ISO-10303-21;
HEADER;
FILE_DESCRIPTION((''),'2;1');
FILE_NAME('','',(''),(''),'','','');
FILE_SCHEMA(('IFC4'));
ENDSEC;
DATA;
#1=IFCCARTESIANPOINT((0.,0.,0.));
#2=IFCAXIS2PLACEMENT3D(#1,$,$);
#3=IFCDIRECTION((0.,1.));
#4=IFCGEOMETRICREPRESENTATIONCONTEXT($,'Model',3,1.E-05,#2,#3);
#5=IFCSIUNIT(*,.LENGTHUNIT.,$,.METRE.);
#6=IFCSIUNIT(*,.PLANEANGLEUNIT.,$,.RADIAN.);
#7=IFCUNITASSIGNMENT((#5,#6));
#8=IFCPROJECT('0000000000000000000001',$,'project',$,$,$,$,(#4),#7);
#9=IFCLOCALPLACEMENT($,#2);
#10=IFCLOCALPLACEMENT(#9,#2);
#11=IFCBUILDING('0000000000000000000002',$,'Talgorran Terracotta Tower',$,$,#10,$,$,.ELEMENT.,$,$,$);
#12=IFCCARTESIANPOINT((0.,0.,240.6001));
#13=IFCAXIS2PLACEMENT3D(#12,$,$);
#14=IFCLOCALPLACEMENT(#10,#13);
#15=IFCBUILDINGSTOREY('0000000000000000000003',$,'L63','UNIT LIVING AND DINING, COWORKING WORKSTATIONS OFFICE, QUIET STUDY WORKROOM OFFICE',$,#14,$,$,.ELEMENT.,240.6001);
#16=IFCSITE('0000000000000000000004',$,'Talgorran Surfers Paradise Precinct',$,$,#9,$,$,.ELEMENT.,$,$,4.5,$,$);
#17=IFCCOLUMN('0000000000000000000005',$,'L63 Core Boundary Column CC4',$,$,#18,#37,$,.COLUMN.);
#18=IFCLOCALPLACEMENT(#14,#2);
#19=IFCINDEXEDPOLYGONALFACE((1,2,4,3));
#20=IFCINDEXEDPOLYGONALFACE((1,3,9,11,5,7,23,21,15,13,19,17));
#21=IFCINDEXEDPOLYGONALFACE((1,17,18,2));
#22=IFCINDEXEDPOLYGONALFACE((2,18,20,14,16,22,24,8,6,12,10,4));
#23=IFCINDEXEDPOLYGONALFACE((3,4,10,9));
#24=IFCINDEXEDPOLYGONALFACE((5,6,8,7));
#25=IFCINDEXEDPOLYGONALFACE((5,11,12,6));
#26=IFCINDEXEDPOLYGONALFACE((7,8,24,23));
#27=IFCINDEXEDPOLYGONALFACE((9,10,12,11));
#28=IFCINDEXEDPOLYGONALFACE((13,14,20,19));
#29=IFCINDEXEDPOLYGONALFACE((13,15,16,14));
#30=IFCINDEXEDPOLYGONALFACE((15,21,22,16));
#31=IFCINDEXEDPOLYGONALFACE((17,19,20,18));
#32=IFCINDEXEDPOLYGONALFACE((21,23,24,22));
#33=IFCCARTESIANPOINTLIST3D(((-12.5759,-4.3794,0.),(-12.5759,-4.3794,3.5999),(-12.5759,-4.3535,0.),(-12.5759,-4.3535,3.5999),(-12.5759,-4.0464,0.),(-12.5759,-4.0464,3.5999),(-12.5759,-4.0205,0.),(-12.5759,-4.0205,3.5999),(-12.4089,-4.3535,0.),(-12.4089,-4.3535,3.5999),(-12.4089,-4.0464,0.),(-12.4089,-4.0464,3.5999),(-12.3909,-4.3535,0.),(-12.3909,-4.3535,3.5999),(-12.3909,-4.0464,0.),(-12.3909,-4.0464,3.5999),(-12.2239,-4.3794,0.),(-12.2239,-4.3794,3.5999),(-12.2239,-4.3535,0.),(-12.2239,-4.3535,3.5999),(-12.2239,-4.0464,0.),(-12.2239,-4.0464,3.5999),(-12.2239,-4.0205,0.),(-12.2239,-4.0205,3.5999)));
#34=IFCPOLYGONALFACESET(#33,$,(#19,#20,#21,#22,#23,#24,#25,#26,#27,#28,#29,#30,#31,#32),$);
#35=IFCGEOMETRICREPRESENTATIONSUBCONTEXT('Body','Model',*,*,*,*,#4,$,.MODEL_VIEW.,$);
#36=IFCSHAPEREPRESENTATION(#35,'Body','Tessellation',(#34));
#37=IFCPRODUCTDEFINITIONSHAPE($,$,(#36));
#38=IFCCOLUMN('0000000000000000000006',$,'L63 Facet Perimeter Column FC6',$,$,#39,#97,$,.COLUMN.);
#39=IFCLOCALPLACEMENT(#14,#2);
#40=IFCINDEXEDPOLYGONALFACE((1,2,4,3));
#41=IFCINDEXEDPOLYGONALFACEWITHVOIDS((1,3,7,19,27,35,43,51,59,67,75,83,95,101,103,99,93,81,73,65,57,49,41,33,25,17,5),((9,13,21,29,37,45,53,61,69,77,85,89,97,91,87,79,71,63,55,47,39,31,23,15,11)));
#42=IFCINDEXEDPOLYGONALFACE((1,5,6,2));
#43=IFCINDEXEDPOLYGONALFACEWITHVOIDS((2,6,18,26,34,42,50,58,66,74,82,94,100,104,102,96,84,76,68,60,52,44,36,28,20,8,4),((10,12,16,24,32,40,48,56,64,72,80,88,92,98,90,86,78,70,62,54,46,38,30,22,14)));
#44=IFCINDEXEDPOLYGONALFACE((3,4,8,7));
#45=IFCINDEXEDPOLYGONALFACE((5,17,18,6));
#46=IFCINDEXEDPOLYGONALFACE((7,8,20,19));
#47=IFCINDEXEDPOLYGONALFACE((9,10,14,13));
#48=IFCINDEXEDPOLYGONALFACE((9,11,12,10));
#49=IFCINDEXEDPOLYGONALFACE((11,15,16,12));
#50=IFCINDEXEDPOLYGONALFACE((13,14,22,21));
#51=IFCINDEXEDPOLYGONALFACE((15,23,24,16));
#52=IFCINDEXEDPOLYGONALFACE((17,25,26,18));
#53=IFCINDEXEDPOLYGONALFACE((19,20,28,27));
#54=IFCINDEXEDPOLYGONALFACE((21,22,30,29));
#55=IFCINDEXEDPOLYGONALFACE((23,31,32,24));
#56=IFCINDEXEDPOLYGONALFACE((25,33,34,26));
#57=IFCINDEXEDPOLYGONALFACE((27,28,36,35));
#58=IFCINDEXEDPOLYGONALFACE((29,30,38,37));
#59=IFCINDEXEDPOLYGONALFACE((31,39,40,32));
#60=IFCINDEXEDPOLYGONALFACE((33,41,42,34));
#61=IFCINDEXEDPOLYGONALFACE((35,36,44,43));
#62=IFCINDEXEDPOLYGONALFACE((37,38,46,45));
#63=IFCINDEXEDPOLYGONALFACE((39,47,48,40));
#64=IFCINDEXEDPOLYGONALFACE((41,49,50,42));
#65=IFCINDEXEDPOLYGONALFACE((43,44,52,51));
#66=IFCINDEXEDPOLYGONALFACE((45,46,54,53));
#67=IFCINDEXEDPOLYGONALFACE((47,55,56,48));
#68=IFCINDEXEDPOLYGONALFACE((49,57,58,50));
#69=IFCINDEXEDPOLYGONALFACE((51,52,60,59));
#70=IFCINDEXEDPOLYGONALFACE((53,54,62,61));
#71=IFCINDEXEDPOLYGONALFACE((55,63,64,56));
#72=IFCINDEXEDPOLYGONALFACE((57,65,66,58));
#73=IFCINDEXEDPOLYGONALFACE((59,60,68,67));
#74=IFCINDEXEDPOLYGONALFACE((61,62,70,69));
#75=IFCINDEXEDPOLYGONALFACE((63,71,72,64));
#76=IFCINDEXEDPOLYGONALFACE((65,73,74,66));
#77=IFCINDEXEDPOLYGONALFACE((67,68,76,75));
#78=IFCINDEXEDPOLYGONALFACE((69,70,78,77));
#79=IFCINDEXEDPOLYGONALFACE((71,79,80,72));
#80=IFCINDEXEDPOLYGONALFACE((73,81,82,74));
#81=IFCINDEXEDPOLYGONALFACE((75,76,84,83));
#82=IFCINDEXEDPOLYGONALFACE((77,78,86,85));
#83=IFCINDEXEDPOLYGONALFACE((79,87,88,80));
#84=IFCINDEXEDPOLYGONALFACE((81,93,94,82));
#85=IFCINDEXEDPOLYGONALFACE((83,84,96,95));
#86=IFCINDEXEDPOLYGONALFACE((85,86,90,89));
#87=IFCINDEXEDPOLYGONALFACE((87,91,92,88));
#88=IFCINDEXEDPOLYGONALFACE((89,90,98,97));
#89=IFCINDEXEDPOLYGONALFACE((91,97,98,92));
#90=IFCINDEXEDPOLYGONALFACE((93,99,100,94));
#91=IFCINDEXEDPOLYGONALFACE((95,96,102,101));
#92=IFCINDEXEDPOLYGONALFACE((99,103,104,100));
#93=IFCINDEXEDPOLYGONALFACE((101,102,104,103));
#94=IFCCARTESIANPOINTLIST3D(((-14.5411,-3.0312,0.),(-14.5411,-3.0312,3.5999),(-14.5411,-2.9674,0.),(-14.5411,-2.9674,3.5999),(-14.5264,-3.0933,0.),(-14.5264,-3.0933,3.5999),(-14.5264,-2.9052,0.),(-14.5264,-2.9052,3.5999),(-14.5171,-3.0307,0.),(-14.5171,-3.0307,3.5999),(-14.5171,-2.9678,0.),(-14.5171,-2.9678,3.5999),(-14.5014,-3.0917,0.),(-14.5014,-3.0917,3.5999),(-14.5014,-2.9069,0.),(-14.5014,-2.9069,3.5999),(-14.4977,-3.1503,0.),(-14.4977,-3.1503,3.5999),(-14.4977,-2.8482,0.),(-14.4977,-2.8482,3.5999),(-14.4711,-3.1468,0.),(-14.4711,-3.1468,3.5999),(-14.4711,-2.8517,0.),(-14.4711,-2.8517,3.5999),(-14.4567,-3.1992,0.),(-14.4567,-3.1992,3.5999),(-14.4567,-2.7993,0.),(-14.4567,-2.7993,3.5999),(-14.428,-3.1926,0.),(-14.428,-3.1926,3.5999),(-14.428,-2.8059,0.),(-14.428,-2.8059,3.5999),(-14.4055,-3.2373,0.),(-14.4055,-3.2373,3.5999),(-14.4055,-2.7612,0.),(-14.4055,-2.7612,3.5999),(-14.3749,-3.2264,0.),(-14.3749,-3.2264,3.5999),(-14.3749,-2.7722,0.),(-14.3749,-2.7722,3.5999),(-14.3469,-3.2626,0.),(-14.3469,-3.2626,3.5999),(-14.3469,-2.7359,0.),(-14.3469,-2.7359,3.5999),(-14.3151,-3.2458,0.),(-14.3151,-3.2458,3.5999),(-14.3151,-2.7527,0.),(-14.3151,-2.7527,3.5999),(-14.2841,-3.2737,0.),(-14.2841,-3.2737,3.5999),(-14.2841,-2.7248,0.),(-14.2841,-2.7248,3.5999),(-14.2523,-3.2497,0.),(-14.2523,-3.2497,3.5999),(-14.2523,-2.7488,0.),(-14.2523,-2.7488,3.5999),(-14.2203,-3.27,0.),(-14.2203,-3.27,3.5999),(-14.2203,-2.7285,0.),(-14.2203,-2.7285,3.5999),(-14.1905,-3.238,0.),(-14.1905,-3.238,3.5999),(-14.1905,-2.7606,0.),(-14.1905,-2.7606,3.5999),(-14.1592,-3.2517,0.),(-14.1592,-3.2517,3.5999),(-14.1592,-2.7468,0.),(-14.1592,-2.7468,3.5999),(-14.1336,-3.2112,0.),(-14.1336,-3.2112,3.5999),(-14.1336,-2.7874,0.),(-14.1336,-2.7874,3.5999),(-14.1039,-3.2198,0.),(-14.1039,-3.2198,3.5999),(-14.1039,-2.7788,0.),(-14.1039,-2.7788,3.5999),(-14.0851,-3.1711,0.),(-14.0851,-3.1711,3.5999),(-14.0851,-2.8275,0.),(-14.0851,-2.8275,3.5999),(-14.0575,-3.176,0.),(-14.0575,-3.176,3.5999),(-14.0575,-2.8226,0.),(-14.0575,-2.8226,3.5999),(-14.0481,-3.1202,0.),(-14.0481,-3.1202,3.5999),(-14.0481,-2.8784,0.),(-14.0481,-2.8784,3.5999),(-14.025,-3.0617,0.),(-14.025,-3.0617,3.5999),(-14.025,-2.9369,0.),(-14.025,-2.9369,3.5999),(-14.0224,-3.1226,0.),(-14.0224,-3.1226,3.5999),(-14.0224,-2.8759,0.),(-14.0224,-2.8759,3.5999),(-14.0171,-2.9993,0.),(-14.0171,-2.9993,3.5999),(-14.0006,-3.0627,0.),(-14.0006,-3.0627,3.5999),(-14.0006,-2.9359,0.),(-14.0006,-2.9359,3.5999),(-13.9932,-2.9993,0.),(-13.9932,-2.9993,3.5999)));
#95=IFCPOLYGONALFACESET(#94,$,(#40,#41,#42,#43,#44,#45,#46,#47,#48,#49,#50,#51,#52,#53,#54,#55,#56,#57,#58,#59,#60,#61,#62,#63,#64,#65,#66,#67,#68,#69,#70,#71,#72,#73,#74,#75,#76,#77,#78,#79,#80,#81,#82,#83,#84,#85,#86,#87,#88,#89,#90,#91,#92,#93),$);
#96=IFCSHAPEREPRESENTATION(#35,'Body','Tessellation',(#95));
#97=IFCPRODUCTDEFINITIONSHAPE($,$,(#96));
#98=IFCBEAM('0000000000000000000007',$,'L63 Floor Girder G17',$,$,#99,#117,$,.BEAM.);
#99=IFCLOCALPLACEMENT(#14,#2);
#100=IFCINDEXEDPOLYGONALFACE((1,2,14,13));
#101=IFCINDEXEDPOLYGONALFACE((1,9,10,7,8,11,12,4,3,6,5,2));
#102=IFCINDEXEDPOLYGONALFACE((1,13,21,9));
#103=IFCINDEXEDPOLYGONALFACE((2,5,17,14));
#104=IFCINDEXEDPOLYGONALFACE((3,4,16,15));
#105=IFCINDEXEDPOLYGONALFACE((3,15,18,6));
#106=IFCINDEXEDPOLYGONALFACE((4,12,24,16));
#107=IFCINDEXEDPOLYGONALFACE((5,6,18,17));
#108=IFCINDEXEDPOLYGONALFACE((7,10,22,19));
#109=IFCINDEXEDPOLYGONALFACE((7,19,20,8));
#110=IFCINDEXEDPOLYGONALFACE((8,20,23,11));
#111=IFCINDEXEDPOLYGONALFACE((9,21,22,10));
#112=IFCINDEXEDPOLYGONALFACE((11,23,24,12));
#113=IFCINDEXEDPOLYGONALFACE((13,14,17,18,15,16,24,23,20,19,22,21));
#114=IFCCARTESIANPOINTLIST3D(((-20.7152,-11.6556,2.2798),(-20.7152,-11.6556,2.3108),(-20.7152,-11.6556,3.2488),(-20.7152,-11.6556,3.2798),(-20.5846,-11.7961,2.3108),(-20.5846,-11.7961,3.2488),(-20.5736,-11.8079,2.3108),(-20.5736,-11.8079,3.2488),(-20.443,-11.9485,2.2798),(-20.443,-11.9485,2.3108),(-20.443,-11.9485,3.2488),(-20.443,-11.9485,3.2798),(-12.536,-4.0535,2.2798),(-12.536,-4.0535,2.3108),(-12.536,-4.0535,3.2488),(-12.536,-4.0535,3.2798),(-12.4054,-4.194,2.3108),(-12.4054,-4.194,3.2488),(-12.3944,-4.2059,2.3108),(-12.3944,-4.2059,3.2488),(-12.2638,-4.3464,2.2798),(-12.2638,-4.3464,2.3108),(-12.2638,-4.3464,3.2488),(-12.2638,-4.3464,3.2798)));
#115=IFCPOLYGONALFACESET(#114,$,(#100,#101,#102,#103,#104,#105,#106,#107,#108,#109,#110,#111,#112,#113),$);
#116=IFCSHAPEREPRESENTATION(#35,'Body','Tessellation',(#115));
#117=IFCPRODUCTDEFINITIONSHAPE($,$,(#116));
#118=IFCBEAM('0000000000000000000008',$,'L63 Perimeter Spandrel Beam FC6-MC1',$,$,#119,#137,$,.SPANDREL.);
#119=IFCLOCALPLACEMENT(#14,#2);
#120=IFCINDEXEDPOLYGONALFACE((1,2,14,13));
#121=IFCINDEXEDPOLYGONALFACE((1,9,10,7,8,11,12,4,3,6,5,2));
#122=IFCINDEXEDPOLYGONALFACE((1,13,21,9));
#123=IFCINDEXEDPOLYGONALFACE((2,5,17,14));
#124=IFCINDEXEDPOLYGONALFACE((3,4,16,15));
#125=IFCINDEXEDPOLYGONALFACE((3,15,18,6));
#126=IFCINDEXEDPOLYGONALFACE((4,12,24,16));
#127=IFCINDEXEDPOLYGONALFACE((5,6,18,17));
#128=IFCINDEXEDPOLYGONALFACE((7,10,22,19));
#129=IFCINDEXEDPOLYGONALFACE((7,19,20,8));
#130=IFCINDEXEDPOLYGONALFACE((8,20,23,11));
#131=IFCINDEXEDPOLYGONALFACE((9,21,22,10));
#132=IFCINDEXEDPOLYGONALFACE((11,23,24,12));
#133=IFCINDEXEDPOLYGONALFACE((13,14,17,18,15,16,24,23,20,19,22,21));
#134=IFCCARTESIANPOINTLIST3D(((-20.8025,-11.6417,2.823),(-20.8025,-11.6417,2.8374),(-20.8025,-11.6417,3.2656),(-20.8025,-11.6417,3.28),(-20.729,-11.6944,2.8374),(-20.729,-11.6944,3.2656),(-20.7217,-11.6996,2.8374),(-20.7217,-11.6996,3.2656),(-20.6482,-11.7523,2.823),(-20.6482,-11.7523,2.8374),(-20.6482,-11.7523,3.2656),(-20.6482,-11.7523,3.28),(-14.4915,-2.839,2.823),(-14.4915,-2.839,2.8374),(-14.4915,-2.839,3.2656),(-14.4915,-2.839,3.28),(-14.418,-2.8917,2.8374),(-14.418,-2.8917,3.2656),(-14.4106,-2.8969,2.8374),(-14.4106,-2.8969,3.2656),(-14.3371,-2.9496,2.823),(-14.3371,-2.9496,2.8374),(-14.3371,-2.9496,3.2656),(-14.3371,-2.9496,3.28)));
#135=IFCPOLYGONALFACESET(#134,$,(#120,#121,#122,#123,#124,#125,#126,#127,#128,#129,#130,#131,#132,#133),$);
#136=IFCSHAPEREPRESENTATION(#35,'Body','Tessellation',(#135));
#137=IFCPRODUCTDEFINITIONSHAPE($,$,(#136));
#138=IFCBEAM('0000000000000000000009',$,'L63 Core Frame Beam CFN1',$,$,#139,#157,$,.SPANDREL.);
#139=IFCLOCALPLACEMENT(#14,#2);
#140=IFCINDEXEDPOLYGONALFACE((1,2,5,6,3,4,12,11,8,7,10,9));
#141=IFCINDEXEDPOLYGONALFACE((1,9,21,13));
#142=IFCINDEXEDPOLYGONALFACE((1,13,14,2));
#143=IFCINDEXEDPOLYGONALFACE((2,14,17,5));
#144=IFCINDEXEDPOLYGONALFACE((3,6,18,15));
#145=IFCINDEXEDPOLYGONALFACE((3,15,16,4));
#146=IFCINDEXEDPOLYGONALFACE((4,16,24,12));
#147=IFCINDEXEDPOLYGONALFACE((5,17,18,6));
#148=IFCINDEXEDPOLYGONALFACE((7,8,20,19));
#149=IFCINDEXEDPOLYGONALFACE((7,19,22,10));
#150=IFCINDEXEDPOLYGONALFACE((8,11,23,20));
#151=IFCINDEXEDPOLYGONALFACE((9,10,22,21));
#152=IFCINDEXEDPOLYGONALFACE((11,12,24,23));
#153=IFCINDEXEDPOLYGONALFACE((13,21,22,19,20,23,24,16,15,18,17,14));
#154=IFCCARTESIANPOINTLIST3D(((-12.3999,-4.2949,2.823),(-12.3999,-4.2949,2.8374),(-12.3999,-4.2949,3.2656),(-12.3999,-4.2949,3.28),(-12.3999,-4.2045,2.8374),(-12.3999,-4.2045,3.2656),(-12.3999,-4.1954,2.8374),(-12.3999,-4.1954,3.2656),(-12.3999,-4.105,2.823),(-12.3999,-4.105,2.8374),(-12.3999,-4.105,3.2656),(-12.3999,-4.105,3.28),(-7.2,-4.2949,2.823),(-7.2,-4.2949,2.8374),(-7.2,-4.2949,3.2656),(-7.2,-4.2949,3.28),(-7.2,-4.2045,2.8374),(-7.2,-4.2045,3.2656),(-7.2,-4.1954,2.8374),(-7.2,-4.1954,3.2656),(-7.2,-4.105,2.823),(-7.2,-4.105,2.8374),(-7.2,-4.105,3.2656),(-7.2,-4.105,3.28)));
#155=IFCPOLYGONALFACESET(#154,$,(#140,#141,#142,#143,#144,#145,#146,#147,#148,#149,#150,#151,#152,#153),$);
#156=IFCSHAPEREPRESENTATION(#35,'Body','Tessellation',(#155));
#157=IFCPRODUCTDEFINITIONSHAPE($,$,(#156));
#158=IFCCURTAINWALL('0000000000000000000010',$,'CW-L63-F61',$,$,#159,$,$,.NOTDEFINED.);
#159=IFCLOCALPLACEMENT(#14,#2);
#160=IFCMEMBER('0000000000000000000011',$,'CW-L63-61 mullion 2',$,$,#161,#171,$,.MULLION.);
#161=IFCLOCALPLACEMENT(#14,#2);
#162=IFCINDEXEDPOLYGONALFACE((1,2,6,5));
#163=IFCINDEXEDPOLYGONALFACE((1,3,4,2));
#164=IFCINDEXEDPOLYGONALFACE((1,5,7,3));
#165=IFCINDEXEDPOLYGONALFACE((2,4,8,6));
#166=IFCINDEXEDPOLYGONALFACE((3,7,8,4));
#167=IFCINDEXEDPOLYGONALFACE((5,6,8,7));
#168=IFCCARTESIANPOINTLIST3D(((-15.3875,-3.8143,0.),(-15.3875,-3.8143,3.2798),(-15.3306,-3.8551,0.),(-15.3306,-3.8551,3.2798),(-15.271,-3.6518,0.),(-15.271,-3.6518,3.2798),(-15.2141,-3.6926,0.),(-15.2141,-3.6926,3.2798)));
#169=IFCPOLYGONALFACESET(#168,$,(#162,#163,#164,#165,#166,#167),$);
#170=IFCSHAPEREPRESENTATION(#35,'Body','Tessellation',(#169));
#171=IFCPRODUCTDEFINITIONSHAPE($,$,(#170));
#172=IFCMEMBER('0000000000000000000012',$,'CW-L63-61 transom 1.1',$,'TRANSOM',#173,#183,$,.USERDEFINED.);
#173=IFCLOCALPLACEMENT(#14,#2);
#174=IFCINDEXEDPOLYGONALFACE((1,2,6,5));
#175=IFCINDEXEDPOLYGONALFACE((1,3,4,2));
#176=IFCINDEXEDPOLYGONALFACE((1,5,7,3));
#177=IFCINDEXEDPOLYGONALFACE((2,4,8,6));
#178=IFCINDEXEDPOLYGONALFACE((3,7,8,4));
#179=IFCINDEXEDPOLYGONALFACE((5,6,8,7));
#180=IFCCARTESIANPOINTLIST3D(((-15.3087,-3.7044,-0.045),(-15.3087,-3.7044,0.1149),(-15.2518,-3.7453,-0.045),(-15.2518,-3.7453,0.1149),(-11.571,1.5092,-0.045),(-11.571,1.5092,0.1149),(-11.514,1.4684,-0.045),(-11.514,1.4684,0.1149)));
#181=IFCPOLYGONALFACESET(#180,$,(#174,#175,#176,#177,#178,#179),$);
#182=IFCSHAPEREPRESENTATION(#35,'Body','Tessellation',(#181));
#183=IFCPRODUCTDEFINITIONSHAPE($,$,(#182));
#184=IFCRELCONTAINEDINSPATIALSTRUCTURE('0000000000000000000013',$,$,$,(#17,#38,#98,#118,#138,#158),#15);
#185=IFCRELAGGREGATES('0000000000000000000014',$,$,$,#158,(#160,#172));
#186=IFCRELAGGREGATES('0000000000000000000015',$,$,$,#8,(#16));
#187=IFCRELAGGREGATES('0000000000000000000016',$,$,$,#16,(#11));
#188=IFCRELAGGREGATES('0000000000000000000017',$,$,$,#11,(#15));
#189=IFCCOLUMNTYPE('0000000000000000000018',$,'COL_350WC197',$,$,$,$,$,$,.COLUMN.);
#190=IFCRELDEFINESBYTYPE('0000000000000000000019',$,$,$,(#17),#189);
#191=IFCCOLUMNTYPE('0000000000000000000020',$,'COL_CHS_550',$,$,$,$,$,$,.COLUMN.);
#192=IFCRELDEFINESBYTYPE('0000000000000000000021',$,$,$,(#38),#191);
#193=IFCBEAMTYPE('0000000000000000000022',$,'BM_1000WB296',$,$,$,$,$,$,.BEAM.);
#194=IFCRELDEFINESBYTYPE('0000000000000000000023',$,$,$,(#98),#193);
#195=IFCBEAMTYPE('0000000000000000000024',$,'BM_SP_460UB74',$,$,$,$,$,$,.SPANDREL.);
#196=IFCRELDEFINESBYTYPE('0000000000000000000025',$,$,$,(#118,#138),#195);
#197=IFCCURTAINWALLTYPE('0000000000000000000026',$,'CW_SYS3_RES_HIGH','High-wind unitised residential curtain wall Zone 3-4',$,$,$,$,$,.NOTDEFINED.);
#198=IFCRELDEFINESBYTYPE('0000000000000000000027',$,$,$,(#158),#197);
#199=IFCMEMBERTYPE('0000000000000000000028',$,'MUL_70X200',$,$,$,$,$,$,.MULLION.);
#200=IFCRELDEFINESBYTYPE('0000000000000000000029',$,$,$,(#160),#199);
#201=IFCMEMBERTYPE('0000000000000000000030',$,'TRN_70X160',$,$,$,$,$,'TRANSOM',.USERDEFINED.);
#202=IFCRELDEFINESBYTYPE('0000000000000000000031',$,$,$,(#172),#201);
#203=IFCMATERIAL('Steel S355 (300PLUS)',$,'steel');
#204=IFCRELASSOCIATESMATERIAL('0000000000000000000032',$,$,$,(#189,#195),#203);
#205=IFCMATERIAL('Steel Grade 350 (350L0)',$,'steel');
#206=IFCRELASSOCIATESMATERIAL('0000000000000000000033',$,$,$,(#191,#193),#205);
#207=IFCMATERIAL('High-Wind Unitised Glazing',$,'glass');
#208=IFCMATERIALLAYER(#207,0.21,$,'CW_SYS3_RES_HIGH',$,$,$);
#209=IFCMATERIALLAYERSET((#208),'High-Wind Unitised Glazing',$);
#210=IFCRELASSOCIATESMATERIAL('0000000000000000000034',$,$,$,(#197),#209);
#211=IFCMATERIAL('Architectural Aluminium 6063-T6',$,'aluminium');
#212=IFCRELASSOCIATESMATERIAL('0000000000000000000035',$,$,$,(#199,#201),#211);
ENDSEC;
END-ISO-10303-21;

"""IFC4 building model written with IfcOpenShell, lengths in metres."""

from ifc_helpers import new_model, si_unit, direction, frame, origin, origin_2d, place, context, subcontext, project, spatial, rectangle, hollow_circle, i_section, extrude, material, layer, layer_set, material_profile, profile_set, type_object, element, aggregate, save


model = new_model("IFC4")

# Units and contexts
model_context = context("Model", 3, precision=1e-05, world=origin(), true_north=direction((0.0, 1.0)))
body_context = subcontext(model_context, "Body", "Model", "MODEL_VIEW")
ifc_project = project(units=[si_unit("LENGTHUNIT", "METRE"), si_unit("PLANEANGLEUNIT", "RADIAN")], contexts=[model_context])

# Site, building, storey
site_placement = place(None, origin())
site = spatial("IfcSite", under=ifc_project, at=site_placement, Name="Talgorran Surfers Paradise Precinct", CompositionType="ELEMENT", RefElevation=4.5)
building_placement = place(site_placement, origin())
building = spatial("IfcBuilding", under=site, at=building_placement, Name="Talgorran Terracotta Tower", CompositionType="ELEMENT")
storey_placement = place(building_placement, frame((0.0, 0.0, 240.6001)))
storey = spatial("IfcBuildingStorey", under=building, at=storey_placement, Name="L63", Description="UNIT LIVING AND DINING, COWORKING WORKSTATIONS OFFICE, QUIET STUDY WORKROOM OFFICE", CompositionType="ELEMENT", Elevation=240.6001)

# Columns
ifc_material_1 = material(Name="Steel S355 (300PLUS)", Category="steel")
ifc_material_profile_1 = material_profile(ifc_material_1, i_section(OverallWidth=0.3521, OverallDepth=0.3589, WebThickness=0.0181, FlangeThickness=0.0259, at=origin_2d()), Name="350WC197")
ifc_profile_set_1 = profile_set([ifc_material_profile_1], Name="Steel S355 (300PLUS)")
column_type_1 = type_object("IfcColumnType", Name="COL_350WC197", PredefinedType="COLUMN", material=ifc_profile_set_1)
column_1_placement = place(storey_placement, frame((-12.3999, -4.2, 0.0), z_axis=(0.0, 0.0, 1.0), x_axis=(1.0, 0.0, 0.0)))
element("IfcColumn", 1, at=column_1_placement, inside=storey, type_object=column_type_1, Name="L63 Core Boundary Column CC4", PredefinedType="COLUMN", context=body_context, shape_type="SweptSolid", body=[
    extrude(i_section(OverallWidth=0.3521, OverallDepth=0.3589, WebThickness=0.0181, FlangeThickness=0.0259, at=origin_2d()), origin(), (0.0, 0.0, 1.0), 3.5999),
])
ifc_material_2 = material(Name="Steel Grade 350 (350L0)", Category="steel")
ifc_material_profile_2 = material_profile(ifc_material_2, hollow_circle(Radius=0.2749, WallThickness=0.0239, at=origin_2d()), Name="CHS550X24")
ifc_profile_set_2 = profile_set([ifc_material_profile_2], Name="Steel Grade 350 (350L0)")
column_type_2 = type_object("IfcColumnType", Name="COL_CHS_550", PredefinedType="COLUMN", material=ifc_profile_set_2)
column_2_placement = place(storey_placement, frame((-14.2681, -2.9993, 0.0), z_axis=(0.0, 0.0, 1.0), x_axis=(1.0, 0.0, 0.0)))
element("IfcColumn", 2, at=column_2_placement, inside=storey, type_object=column_type_2, Name="L63 Facet Perimeter Column FC6", PredefinedType="COLUMN", context=body_context, shape_type="SweptSolid", body=[
    extrude(hollow_circle(Radius=0.2749, WallThickness=0.0239, at=origin_2d()), origin(), (0.0, 0.0, 1.0), 3.5999),
])

# Beams
ifc_material_profile_3 = material_profile(ifc_material_2, i_section(OverallWidth=0.3999, OverallDepth=1.0, WebThickness=0.0161, FlangeThickness=0.031, at=origin_2d()), Name="1000WB296")
ifc_profile_set_3 = profile_set([ifc_material_profile_3], Name="Steel Grade 350 (350L0)")
beam_type_1 = type_object("IfcBeamType", Name="BM_1000WB296", PredefinedType="BEAM", material=ifc_profile_set_3)
beam_1_placement = place(storey_placement, frame((-12.3999, -4.2, 2.7798), z_axis=(-0.732477, -0.680792, 0.0), x_axis=(0.680792, -0.732477, 0.0)))
element("IfcBeam", 3, at=beam_1_placement, inside=storey, type_object=beam_type_1, Name="L63 Floor Girder G17", PredefinedType="BEAM", context=body_context, shape_type="SweptSolid", body=[
    extrude(i_section(OverallWidth=0.3999, OverallDepth=1.0, WebThickness=0.0161, FlangeThickness=0.031, at=origin_2d()), origin(), (0.0, 0.0, 1.0), 11.1665),
])
ifc_material_profile_4 = material_profile(ifc_material_1, i_section(OverallWidth=0.1899, OverallDepth=0.457, WebThickness=0.009, FlangeThickness=0.0144, at=origin_2d()), Name="460UB74.6")
ifc_profile_set_4 = profile_set([ifc_material_profile_4], Name="Steel S355 (300PLUS)")
beam_type_2 = type_object("IfcBeamType", Name="BM_SP_460UB74", PredefinedType="SPANDREL", material=ifc_profile_set_4)
beam_2_placement = place(storey_placement, frame((-14.4143, -2.8943, 3.0515), z_axis=(-0.582666, -0.812712, 0.0), x_axis=(0.812712, -0.582666, 0.0)))
element("IfcBeam", 4, at=beam_2_placement, inside=storey, type_object=beam_type_2, Name="L63 Perimeter Spandrel Beam FC6-MC1", PredefinedType="SPANDREL", context=body_context, shape_type="SweptSolid", body=[
    extrude(i_section(OverallWidth=0.1899, OverallDepth=0.457, WebThickness=0.009, FlangeThickness=0.0144, at=origin_2d()), origin(), (0.0, 0.0, 1.0), 10.8313),
])
beam_3_placement = place(storey_placement, frame((-12.3999, -4.2, 3.0515), z_axis=(1.0, 0.0, 0.0), x_axis=(0.0, 1.0, 0.0)))
element("IfcBeam", 5, at=beam_3_placement, inside=storey, type_object=beam_type_2, Name="L63 Core Frame Beam CFN1", PredefinedType="SPANDREL", context=body_context, shape_type="SweptSolid", body=[
    extrude(i_section(OverallWidth=0.1899, OverallDepth=0.457, WebThickness=0.009, FlangeThickness=0.0144, at=origin_2d()), origin(), (0.0, 0.0, 1.0), 5.2),
])

# Curtain wall, members
ifc_material_3 = material(Name="High-Wind Unitised Glazing", Category="glass")
ifc_layer_1 = layer(ifc_material_3, 0.21, Name="CW_SYS3_RES_HIGH")
ifc_layer_set_1 = layer_set([ifc_layer_1], Name="High-Wind Unitised Glazing")
curtain_wall_type = type_object("IfcCurtainWallType", Name="CW_SYS3_RES_HIGH", Description="High-wind unitised residential curtain wall Zone 3-4", PredefinedType="NOTDEFINED", material=ifc_layer_set_1)
curtain_wall_placement = place(storey_placement, origin())
curtain_wall = element("IfcCurtainWall", 6, at=curtain_wall_placement, inside=storey, type_object=curtain_wall_type, Name="CW-L63-F61", PredefinedType="NOTDEFINED")
ifc_material_4 = material(Name="Architectural Aluminium 6063-T6", Category="aluminium")
ifc_material_profile_5 = material_profile(ifc_material_4, rectangle(XDim=0.0701, YDim=0.2, at=origin_2d()), Name="CWM70X200")
ifc_profile_set_5 = profile_set([ifc_material_profile_5], Name="Architectural Aluminium 6063-T6")
member_type_1 = type_object("IfcMemberType", Name="MUL_70X200", PredefinedType="MULLION", material=ifc_profile_set_5)
member_1_placement = place(storey_placement, frame((-15.3008, -3.7534, 0.0), z_axis=(0.0, 0.0, 1.0), x_axis=(0.812711, -0.582667, 0.0)))
member_1 = element("IfcMember", 7, at=member_1_placement, type_object=member_type_1, Name="CW-L63-61 mullion 2", PredefinedType="MULLION", context=body_context, shape_type="SweptSolid", body=[
    extrude(rectangle(XDim=0.0701, YDim=0.2, at=origin_2d()), origin(), (0.0, 0.0, 1.0), 3.2798),
])
ifc_material_profile_6 = material_profile(ifc_material_4, rectangle(XDim=0.0701, YDim=0.1599, at=origin_2d()), Name="CWT70X160")
ifc_profile_set_6 = profile_set([ifc_material_profile_6], Name="Architectural Aluminium 6063-T6")
member_type_2 = type_object("IfcMemberType", Name="TRN_70X160", ElementType="TRANSOM", PredefinedType="USERDEFINED", material=ifc_profile_set_6)
member_2_placement = place(storey_placement, frame((-11.5425, 1.4888, 0.0349), z_axis=(-0.582659, -0.812717, 0.0), x_axis=(0.812717, -0.582659, 0.0)))
member_2 = element("IfcMember", 8, at=member_2_placement, type_object=member_type_2, Name="CW-L63-61 transom 1.1", ObjectType="TRANSOM", PredefinedType="USERDEFINED", context=body_context, shape_type="SweptSolid", body=[
    extrude(rectangle(XDim=0.0701, YDim=0.1599, at=origin_2d()), origin(), (0.0, 0.0, 1.0), 6.415),
])
aggregate(curtain_wall, [member_1, member_2])

save(model, "model.ifc")
